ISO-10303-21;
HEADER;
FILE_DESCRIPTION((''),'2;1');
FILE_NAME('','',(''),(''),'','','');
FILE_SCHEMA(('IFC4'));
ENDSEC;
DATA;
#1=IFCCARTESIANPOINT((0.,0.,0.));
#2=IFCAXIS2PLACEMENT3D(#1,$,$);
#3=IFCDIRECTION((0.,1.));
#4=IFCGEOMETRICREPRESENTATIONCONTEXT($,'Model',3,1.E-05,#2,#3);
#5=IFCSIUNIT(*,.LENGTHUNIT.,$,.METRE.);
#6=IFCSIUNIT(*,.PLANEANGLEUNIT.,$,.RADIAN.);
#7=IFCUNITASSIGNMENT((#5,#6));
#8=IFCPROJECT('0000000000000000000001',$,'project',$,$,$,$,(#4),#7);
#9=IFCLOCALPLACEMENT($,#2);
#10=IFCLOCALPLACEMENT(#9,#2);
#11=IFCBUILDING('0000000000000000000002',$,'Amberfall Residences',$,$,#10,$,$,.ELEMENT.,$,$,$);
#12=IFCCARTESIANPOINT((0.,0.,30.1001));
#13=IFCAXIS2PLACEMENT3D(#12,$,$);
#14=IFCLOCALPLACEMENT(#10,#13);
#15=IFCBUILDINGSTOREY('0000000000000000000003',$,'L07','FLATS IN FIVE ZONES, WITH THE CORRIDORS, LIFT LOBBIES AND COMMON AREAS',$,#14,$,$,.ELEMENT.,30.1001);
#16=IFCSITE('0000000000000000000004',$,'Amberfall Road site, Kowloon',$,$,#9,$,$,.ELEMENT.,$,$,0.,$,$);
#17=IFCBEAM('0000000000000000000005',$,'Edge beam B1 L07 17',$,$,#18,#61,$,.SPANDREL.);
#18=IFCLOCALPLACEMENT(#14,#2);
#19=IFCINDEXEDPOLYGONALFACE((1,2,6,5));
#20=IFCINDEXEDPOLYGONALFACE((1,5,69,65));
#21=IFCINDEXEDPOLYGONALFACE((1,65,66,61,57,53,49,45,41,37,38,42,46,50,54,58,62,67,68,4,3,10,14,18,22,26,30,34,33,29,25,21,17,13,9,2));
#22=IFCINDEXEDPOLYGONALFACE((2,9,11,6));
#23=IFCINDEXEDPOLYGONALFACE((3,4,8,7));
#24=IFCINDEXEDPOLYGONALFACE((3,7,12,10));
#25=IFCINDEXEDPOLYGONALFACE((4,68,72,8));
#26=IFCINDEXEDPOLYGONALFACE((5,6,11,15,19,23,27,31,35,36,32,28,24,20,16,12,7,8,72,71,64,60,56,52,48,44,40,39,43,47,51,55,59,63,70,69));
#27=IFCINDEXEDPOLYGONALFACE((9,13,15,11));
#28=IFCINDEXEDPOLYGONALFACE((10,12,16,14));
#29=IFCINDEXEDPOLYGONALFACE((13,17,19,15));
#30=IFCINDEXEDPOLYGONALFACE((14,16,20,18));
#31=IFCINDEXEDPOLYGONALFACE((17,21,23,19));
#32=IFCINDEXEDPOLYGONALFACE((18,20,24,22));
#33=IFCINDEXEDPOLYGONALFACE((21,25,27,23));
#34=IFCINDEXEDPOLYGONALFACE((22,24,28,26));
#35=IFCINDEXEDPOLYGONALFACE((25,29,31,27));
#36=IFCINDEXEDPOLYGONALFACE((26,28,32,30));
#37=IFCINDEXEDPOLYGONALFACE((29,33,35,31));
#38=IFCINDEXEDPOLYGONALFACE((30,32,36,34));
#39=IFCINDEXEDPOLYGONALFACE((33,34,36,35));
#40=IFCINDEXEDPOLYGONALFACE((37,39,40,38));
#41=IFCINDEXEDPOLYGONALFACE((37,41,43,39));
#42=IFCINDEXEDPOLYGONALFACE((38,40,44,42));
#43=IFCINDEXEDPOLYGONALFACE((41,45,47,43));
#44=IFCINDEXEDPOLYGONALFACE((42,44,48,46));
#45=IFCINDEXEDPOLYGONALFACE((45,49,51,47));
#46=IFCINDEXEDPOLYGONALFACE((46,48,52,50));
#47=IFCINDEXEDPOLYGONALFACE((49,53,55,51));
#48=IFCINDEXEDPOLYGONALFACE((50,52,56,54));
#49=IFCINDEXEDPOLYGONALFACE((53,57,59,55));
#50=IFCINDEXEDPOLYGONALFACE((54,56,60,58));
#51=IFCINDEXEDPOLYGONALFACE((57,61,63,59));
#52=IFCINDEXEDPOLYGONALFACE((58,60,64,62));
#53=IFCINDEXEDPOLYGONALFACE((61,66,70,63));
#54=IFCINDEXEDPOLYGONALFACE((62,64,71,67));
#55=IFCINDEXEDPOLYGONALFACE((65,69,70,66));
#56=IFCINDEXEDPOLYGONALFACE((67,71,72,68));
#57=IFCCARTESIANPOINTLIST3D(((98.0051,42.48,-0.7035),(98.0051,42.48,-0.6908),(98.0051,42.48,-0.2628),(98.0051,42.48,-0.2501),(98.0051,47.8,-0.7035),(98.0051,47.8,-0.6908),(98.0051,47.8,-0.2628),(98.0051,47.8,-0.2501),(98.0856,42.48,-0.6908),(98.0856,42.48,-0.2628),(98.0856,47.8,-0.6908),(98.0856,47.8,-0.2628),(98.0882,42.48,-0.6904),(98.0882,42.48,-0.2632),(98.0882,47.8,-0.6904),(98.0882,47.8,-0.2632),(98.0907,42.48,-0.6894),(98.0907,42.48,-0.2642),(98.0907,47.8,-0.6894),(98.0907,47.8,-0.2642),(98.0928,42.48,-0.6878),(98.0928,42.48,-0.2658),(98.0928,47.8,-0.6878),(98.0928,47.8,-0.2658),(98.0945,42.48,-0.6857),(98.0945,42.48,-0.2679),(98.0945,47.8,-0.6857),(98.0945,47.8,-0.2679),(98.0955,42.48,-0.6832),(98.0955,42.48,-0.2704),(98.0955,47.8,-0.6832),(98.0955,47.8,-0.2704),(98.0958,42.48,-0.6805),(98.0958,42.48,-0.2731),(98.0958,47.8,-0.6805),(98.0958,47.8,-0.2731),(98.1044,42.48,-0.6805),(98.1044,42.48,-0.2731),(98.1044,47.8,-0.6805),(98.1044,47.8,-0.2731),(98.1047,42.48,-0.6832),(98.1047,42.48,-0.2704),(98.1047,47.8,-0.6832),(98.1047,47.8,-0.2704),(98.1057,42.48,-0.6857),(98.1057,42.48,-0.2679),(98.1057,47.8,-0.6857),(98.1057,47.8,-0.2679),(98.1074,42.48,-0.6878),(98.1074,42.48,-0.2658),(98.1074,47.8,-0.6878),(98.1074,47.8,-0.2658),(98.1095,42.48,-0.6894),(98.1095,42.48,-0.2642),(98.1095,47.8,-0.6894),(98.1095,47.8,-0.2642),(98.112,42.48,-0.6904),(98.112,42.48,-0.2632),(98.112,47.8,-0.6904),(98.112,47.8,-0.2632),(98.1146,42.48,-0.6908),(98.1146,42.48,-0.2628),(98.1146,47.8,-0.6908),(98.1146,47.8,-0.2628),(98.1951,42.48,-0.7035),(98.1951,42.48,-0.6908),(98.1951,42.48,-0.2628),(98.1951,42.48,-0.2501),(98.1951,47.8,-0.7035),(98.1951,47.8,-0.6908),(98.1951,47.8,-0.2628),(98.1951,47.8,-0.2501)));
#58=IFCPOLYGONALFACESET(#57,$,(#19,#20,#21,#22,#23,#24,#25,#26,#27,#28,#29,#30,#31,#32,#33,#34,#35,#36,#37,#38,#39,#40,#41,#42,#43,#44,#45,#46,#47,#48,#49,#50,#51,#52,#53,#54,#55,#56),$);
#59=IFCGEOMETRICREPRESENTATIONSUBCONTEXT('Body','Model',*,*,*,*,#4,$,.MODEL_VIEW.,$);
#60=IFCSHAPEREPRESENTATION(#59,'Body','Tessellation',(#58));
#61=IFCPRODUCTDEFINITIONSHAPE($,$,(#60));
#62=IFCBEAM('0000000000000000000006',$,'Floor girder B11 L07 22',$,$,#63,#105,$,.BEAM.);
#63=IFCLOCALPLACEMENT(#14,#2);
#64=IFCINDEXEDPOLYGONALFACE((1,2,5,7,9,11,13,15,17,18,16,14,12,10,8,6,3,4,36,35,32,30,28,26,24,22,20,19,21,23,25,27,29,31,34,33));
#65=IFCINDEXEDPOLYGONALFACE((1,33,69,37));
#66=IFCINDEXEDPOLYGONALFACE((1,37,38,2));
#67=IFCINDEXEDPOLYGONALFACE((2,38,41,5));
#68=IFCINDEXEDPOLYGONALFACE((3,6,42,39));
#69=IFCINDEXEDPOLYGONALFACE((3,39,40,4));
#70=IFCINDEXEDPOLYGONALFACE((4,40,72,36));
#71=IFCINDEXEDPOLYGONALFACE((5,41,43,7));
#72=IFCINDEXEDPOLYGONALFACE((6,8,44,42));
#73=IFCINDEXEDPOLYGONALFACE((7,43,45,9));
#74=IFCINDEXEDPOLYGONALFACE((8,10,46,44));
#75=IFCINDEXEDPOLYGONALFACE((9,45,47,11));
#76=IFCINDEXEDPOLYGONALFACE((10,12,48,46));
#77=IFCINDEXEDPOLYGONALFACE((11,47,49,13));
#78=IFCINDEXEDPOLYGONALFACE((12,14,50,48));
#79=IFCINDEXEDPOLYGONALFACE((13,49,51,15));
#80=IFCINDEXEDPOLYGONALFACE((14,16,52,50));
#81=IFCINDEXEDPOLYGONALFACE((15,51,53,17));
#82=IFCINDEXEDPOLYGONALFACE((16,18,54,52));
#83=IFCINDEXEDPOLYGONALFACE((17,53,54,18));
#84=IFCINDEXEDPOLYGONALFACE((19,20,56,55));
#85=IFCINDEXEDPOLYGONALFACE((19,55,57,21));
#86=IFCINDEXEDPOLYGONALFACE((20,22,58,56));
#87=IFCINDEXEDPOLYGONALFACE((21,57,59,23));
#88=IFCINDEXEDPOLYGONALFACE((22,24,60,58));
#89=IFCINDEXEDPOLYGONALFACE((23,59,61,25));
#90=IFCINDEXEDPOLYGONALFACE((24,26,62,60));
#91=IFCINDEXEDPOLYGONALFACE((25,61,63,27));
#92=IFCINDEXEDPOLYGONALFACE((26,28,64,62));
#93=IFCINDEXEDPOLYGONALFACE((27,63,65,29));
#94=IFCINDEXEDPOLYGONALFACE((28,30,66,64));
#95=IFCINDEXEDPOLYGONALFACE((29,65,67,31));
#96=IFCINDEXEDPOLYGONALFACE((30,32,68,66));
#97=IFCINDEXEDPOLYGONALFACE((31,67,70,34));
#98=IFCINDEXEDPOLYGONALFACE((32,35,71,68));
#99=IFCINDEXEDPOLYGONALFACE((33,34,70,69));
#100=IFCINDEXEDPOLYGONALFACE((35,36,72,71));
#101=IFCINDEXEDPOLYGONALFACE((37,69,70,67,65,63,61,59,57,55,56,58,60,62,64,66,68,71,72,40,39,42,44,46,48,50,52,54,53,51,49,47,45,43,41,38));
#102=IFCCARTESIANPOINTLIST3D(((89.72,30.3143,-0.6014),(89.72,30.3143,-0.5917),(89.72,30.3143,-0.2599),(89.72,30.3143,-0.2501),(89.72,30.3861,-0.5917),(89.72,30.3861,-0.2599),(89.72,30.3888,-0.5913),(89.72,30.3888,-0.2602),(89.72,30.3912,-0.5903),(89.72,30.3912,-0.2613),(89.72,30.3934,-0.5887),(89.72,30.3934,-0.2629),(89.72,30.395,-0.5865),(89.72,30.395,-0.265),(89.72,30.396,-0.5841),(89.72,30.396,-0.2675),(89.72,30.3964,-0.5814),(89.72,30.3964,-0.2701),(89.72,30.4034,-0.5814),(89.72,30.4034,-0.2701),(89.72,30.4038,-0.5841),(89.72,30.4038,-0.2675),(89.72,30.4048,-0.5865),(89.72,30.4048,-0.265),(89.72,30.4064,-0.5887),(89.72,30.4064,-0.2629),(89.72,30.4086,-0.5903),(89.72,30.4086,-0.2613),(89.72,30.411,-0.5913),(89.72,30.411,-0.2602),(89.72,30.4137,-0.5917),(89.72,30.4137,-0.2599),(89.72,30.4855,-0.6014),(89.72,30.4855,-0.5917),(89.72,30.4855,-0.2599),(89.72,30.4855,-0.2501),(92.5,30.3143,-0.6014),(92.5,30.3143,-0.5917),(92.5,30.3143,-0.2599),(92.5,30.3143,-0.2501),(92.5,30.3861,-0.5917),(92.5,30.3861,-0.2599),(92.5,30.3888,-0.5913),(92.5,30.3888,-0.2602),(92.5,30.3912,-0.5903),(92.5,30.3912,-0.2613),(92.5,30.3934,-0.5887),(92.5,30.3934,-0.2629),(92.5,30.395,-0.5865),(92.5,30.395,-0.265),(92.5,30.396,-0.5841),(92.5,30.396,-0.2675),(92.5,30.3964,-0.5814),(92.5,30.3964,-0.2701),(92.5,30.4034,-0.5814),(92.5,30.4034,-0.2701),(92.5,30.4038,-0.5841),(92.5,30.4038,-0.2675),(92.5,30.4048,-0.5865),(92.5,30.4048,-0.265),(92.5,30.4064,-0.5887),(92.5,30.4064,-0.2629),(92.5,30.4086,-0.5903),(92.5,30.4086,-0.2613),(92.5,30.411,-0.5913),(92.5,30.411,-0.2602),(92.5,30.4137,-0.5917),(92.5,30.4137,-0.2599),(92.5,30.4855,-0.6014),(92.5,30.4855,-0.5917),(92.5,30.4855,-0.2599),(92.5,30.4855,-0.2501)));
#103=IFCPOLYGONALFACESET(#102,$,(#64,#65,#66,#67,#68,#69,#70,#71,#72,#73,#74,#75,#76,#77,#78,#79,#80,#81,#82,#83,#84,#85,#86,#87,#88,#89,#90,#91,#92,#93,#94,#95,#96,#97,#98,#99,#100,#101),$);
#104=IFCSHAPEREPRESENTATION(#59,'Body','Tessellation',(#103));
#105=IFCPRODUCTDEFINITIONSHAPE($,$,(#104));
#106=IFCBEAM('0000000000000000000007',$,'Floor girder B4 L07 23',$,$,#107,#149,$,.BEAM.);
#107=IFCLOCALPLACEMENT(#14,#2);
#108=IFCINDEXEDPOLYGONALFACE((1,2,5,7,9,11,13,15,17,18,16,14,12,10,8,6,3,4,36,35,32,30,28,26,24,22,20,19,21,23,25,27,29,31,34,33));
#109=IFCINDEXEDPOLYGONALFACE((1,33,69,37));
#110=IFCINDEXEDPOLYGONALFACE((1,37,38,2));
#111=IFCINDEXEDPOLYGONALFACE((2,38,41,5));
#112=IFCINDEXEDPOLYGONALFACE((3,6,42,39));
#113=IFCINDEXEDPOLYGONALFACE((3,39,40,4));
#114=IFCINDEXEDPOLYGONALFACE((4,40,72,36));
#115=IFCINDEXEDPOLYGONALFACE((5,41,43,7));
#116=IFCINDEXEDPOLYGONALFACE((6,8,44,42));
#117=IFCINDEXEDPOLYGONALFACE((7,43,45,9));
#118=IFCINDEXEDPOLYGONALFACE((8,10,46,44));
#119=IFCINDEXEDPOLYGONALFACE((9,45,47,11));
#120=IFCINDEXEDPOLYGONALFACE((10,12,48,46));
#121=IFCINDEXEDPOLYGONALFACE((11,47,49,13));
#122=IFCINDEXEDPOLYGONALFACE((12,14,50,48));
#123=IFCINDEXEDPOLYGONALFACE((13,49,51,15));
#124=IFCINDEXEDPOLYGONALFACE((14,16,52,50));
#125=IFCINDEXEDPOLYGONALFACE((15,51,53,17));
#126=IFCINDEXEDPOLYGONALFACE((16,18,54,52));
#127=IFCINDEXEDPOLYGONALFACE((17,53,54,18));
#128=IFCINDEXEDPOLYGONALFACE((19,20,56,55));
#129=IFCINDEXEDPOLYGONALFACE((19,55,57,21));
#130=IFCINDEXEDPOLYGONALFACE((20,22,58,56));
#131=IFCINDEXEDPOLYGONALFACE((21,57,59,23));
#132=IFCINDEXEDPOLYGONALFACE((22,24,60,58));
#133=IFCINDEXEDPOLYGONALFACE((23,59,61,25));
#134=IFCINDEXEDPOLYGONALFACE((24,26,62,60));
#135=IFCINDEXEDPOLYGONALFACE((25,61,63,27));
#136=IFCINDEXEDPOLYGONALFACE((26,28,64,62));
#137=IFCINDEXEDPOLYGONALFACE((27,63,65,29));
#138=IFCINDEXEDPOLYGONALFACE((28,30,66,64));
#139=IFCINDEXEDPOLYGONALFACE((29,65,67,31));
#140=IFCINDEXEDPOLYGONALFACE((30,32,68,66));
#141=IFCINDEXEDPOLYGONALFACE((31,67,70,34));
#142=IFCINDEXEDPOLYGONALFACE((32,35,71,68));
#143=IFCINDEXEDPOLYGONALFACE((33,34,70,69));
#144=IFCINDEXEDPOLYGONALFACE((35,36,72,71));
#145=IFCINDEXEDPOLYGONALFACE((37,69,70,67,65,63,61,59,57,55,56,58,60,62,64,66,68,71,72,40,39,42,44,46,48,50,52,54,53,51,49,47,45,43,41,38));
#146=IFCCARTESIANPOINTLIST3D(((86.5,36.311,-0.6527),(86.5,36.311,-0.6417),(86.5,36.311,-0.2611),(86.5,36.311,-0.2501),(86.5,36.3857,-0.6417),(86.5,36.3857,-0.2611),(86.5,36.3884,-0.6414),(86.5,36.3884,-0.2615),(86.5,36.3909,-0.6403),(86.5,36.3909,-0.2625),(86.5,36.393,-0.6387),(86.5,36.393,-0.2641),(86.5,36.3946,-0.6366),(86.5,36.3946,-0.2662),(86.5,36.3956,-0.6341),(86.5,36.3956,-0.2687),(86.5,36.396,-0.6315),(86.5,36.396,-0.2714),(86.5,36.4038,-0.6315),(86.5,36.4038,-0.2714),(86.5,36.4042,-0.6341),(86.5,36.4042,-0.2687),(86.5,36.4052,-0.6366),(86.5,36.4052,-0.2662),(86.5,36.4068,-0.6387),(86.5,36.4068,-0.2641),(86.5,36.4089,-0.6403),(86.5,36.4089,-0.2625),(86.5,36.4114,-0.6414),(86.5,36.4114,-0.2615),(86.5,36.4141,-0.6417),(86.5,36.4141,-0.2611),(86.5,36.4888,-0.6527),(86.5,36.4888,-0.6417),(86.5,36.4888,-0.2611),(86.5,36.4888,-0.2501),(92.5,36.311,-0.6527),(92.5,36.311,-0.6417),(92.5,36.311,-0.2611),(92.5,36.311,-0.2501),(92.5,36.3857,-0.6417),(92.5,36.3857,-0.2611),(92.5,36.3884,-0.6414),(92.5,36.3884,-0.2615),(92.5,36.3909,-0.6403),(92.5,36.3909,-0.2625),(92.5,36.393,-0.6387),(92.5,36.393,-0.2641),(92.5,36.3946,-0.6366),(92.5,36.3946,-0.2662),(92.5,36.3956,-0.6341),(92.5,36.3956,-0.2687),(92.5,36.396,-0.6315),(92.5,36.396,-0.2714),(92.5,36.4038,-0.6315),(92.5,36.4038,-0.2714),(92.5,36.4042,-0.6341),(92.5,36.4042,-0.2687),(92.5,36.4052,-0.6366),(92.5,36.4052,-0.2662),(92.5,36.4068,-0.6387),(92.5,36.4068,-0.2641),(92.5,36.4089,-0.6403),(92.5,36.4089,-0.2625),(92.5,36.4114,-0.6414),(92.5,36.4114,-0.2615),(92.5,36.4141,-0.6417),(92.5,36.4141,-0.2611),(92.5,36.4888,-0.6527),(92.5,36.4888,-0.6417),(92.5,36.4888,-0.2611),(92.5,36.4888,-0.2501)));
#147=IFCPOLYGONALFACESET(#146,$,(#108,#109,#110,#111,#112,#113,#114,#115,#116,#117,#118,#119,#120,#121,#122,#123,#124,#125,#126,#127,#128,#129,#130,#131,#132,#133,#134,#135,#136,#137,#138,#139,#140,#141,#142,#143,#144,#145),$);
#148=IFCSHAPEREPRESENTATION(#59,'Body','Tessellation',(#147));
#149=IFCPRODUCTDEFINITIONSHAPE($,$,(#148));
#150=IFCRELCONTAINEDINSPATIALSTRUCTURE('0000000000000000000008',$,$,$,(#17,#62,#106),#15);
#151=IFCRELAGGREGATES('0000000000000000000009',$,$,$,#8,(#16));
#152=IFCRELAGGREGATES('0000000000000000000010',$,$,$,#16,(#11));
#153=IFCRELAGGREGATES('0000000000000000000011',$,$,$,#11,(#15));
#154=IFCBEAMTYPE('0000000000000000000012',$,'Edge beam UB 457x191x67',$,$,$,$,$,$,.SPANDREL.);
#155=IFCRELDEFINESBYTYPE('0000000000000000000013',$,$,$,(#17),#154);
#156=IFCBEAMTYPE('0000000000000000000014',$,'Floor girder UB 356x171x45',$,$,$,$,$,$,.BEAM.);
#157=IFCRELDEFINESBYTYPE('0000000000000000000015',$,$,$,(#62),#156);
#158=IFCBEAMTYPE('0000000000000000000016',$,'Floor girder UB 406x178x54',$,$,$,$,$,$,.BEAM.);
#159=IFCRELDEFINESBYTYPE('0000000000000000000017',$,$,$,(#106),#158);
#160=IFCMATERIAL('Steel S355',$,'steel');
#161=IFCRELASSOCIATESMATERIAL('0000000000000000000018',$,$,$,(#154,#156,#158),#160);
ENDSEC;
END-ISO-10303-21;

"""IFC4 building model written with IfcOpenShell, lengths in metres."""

from ifc_helpers import new_model, si_unit, direction, frame, origin, origin_2d, place, context, subcontext, project, spatial, i_section, extrude, material, material_profile, profile_set, type_object, element, save


model = new_model("IFC4")

# Units and contexts
model_context = context("Model", 3, precision=1e-05, world=origin(), true_north=direction((0.0, 1.0)))
body_context = subcontext(model_context, "Body", "Model", "MODEL_VIEW")
ifc_project = project(units=[si_unit("LENGTHUNIT", "METRE"), si_unit("PLANEANGLEUNIT", "RADIAN")], contexts=[model_context])

# Site, building, storey
site_placement = place(None, origin())
site = spatial("IfcSite", under=ifc_project, at=site_placement, Name="Amberfall Road site, Kowloon", CompositionType="ELEMENT", RefElevation=0.0)
building_placement = place(site_placement, origin())
building = spatial("IfcBuilding", under=site, at=building_placement, Name="Amberfall Residences", CompositionType="ELEMENT")
storey_placement = place(building_placement, frame((0.0, 0.0, 30.1001)))
storey = spatial("IfcBuildingStorey", under=building, at=storey_placement, Name="L07", Description="FLATS IN FIVE ZONES, WITH THE CORRIDORS, LIFT LOBBIES AND COMMON AREAS", CompositionType="ELEMENT", Elevation=30.1001)

# Beams
ifc_material_1 = material(Name="Steel S355", Category="steel")
ifc_material_profile_1 = material_profile(ifc_material_1, i_section(OverallWidth=0.1899, OverallDepth=0.4534, WebThickness=0.0085, FlangeThickness=0.0127, FilletRadius=0.0103, at=origin_2d()), Name="UB 457x191x67")
ifc_profile_set_1 = profile_set([ifc_material_profile_1], Name="Steel S355")
beam_type_1 = type_object("IfcBeamType", Name="Edge beam UB 457x191x67", PredefinedType="SPANDREL", material=ifc_profile_set_1)
beam_1_placement = place(storey_placement, frame((98.1001, 42.48, -0.4768), z_axis=(0.0, 1.0, 0.0), x_axis=(-1.0, 0.0, 0.0)))
element("IfcBeam", 1, at=beam_1_placement, inside=storey, type_object=beam_type_1, Name="Edge beam B1 L07 17", PredefinedType="SPANDREL", context=body_context, shape_type="SweptSolid", body=[
    extrude(i_section(OverallWidth=0.1899, OverallDepth=0.4534, WebThickness=0.0085, FlangeThickness=0.0127, FilletRadius=0.0103, at=origin_2d()), origin(), (0.0, 0.0, 1.0), 5.3201),
])
ifc_material_profile_2 = material_profile(ifc_material_1, i_section(OverallWidth=0.1711, OverallDepth=0.3513, WebThickness=0.0071, FlangeThickness=0.0098, FilletRadius=0.0103, at=origin_2d()), Name="UB 356x171x45")
ifc_profile_set_2 = profile_set([ifc_material_profile_2], Name="Steel S355")
beam_type_2 = type_object("IfcBeamType", Name="Floor girder UB 356x171x45", PredefinedType="BEAM", material=ifc_profile_set_2)
beam_2_placement = place(storey_placement, frame((92.5, 30.3999, -0.4258), z_axis=(-1.0, 0.0, 0.0), x_axis=(0.0, -1.0, 0.0)))
element("IfcBeam", 2, at=beam_2_placement, inside=storey, type_object=beam_type_2, Name="Floor girder B11 L07 22", PredefinedType="BEAM", context=body_context, shape_type="SweptSolid", body=[
    extrude(i_section(OverallWidth=0.1711, OverallDepth=0.3513, WebThickness=0.0071, FlangeThickness=0.0098, FilletRadius=0.0103, at=origin_2d()), origin(), (0.0, 0.0, 1.0), 2.78),
])
ifc_material_profile_3 = material_profile(ifc_material_1, i_section(OverallWidth=0.1777, OverallDepth=0.4026, WebThickness=0.0078, FlangeThickness=0.011, FilletRadius=0.0103, at=origin_2d()), Name="UB 406x178x54")
ifc_profile_set_3 = profile_set([ifc_material_profile_3], Name="Steel S355")
beam_type_3 = type_object("IfcBeamType", Name="Floor girder UB 406x178x54", PredefinedType="BEAM", material=ifc_profile_set_3)
beam_3_placement = place(storey_placement, frame((92.5, 36.3999, -0.4514), z_axis=(-1.0, 0.0, 0.0), x_axis=(0.0, -1.0, 0.0)))
element("IfcBeam", 3, at=beam_3_placement, inside=storey, type_object=beam_type_3, Name="Floor girder B4 L07 23", PredefinedType="BEAM", context=body_context, shape_type="SweptSolid", body=[
    extrude(i_section(OverallWidth=0.1777, OverallDepth=0.4026, WebThickness=0.0078, FlangeThickness=0.011, FilletRadius=0.0103, at=origin_2d()), origin(), (0.0, 0.0, 1.0), 6.0),
])

save(model, "model.ifc")
